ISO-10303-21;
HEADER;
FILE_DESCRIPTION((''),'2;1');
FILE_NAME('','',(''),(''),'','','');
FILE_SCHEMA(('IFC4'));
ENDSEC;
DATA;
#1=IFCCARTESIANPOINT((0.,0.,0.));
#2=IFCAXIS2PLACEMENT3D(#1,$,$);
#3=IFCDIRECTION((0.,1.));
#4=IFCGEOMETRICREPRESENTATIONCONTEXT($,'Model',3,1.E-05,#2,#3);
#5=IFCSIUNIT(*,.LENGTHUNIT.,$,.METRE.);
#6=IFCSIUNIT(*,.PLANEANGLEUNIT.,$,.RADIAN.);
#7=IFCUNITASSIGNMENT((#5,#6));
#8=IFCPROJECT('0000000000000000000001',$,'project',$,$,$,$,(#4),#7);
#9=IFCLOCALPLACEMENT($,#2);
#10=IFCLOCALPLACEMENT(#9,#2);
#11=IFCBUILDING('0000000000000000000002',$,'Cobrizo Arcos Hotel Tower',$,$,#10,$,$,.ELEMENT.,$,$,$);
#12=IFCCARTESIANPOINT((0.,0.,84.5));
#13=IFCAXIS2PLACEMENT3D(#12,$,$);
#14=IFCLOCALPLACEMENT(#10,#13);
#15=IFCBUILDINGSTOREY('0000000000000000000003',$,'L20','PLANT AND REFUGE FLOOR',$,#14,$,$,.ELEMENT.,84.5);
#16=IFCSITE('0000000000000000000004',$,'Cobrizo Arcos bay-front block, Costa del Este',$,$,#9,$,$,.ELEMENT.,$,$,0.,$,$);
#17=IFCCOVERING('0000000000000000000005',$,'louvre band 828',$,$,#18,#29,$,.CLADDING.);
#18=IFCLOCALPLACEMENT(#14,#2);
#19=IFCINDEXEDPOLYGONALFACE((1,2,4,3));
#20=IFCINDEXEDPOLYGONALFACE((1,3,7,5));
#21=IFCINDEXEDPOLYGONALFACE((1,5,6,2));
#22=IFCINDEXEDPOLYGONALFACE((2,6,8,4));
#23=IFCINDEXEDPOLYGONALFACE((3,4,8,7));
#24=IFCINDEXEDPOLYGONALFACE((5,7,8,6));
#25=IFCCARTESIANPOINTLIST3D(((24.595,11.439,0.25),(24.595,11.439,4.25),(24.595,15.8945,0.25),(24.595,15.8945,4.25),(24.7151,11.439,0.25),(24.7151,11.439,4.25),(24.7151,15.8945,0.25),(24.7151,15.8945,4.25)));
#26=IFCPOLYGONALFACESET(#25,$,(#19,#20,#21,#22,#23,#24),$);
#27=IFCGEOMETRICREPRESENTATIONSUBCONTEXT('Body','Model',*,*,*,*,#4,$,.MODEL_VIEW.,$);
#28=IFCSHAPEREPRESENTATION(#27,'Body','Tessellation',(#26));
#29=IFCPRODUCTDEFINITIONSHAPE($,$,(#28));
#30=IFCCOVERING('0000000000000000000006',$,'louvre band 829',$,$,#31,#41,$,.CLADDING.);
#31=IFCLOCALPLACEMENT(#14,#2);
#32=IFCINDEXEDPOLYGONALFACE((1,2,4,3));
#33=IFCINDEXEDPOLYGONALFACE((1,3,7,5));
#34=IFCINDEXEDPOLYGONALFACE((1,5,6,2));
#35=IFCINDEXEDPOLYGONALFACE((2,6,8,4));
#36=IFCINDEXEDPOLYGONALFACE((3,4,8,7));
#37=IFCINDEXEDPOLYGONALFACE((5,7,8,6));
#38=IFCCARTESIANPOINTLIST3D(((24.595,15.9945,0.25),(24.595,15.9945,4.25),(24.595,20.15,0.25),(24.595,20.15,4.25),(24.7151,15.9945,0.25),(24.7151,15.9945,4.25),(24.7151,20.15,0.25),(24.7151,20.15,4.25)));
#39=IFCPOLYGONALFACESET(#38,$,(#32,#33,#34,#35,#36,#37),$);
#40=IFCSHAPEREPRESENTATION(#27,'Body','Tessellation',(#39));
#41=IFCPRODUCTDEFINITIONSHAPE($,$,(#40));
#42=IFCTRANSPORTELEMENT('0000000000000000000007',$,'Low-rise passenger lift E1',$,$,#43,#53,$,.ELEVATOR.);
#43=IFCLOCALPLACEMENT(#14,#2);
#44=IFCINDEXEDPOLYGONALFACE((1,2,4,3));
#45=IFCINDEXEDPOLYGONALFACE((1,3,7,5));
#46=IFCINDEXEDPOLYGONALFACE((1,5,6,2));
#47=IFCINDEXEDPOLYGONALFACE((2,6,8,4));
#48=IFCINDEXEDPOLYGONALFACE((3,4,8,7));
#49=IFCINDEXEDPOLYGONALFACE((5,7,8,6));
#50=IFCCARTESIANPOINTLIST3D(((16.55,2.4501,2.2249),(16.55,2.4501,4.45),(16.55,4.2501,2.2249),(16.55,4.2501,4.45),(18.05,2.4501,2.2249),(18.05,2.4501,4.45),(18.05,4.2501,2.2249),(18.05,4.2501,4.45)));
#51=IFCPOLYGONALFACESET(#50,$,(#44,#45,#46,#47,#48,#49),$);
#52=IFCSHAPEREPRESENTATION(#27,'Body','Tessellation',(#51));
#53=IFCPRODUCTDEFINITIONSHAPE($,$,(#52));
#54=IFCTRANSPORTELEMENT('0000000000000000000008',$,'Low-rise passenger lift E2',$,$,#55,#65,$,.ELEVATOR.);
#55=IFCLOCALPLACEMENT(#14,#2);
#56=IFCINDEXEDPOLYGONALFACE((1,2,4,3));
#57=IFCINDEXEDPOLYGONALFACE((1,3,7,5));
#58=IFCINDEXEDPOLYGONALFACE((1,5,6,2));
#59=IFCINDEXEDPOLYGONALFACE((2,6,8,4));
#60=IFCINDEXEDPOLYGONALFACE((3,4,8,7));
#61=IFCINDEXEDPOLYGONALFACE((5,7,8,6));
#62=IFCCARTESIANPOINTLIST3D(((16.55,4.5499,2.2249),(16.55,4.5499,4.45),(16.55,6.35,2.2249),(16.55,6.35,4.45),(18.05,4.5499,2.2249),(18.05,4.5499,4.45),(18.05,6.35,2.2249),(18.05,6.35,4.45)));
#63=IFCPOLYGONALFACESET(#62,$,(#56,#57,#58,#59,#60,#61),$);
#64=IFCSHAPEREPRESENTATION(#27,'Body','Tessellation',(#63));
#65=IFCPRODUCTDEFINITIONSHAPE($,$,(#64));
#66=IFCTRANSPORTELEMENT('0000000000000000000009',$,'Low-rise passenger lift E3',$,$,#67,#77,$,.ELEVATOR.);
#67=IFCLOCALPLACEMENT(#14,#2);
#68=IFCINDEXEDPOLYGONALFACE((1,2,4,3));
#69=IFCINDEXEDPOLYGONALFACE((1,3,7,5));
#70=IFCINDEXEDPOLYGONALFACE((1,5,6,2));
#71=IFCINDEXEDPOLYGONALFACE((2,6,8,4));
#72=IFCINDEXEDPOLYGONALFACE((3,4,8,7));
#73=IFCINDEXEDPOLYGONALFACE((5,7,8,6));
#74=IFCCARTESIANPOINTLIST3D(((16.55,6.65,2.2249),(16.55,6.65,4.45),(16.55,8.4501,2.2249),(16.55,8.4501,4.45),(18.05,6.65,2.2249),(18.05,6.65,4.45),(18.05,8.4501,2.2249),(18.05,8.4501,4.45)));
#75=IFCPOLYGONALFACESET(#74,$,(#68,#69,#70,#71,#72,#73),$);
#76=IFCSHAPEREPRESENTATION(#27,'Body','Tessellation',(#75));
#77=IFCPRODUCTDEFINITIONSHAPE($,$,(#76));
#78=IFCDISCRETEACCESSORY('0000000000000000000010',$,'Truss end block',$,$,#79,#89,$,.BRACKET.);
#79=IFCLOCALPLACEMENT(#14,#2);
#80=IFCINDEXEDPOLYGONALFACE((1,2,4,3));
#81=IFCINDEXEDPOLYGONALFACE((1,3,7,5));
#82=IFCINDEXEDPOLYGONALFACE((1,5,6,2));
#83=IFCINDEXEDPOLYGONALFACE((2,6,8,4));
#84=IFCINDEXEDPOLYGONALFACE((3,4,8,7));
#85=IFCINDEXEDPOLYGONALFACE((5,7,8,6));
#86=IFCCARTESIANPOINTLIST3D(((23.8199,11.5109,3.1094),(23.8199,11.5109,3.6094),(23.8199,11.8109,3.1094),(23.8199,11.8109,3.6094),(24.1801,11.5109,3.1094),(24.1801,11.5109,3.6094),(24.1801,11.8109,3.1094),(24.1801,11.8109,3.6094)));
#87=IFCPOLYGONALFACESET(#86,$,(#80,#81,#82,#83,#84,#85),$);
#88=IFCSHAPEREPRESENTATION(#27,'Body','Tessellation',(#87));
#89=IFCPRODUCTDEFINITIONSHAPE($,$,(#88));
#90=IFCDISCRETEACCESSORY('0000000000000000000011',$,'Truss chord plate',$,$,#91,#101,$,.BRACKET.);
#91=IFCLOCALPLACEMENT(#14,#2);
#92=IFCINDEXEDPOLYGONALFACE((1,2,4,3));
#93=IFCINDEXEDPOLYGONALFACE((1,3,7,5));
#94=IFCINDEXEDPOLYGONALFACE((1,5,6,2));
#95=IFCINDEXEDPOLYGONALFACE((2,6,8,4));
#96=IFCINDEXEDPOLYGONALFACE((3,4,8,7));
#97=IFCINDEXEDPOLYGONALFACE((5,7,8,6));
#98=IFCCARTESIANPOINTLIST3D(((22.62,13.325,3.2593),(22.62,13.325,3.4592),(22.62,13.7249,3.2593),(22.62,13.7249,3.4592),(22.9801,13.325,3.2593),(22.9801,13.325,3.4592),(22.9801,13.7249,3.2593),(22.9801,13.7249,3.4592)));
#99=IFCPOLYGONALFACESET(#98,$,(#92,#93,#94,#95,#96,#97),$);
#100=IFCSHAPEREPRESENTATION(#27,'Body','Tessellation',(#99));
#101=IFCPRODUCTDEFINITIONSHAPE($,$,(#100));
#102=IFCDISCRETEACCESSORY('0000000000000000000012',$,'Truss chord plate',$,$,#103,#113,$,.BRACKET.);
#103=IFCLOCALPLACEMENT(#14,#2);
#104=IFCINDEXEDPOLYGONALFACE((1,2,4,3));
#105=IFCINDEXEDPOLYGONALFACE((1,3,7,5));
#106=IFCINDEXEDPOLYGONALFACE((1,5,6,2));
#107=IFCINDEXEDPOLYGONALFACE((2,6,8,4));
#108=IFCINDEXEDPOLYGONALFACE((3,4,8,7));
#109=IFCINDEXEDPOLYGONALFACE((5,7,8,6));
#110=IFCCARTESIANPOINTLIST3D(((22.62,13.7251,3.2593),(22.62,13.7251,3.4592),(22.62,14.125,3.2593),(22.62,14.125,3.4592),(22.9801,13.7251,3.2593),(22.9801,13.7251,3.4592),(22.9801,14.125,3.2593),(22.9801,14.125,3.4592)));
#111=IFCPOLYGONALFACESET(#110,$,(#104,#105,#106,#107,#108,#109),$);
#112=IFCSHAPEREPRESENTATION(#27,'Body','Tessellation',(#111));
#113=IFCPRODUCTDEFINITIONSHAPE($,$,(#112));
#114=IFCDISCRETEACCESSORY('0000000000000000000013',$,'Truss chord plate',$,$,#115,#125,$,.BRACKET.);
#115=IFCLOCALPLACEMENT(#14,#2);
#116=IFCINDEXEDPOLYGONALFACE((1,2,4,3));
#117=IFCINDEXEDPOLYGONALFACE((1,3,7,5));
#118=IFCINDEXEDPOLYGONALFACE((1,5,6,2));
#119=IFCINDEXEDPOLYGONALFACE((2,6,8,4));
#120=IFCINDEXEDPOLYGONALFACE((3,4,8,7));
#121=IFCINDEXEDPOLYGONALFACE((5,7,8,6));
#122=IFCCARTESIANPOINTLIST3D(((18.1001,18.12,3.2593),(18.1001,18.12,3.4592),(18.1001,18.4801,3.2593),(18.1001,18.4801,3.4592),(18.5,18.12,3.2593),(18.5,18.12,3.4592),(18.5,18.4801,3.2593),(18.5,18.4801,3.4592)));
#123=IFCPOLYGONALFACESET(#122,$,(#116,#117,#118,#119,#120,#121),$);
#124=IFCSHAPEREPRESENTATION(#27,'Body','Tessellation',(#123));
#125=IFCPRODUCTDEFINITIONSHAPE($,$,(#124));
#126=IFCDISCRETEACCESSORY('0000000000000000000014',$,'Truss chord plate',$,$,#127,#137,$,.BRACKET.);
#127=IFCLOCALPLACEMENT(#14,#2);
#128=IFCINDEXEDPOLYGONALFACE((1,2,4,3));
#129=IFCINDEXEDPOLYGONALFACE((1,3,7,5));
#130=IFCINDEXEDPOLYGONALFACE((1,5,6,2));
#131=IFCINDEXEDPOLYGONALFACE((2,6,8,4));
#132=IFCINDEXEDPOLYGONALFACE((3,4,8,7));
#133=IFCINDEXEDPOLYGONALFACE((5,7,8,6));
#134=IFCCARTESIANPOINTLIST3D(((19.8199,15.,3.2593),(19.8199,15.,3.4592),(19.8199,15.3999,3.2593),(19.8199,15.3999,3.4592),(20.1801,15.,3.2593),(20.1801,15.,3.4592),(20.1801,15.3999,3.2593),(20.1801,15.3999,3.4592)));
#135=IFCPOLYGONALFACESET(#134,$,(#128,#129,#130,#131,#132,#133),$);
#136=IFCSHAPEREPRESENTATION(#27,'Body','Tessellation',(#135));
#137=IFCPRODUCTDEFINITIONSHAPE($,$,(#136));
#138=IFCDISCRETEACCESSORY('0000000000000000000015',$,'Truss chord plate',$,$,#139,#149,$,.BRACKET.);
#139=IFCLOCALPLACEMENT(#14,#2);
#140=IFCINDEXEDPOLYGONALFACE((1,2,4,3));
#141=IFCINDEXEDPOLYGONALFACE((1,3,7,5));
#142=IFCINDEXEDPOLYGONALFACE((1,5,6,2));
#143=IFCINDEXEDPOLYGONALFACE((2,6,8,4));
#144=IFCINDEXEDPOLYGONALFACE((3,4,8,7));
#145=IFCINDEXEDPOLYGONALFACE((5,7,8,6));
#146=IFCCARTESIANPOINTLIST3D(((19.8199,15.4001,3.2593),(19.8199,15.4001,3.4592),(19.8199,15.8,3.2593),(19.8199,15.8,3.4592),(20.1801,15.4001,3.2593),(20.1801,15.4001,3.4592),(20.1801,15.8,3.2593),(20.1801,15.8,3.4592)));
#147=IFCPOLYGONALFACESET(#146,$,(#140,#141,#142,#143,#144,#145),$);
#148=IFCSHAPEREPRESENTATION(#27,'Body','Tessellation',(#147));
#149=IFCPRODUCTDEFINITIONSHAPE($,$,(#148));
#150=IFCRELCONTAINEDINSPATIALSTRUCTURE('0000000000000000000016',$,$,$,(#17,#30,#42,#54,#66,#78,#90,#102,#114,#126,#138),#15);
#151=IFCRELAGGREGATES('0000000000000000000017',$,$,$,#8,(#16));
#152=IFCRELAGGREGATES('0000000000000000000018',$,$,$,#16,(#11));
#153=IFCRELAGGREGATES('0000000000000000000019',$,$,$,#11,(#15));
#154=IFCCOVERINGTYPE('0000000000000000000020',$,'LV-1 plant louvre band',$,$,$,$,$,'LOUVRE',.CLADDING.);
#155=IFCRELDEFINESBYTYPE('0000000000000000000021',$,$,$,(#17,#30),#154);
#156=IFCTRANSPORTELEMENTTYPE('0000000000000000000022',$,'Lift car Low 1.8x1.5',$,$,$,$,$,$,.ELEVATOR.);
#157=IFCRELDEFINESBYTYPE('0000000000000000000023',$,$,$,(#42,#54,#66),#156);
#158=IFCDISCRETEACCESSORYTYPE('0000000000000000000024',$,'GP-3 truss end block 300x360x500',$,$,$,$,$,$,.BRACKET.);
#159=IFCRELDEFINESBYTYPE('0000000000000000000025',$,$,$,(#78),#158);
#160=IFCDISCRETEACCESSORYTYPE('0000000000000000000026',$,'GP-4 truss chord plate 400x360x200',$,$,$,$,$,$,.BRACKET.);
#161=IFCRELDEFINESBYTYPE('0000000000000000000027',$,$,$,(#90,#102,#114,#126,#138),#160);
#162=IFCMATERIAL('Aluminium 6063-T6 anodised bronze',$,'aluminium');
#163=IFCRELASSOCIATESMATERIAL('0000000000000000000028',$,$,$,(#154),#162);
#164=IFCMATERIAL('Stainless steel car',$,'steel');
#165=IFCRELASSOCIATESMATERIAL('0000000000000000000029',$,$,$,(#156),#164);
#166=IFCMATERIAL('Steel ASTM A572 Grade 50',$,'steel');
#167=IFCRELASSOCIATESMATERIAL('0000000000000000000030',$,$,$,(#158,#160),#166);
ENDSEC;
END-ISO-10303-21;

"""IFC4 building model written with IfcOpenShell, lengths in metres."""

from ifc_helpers import new_model, si_unit, direction, frame, origin, origin_2d, place, context, subcontext, project, spatial, rectangle, extrude, material, type_object, element, save


model = new_model("IFC4")

# Units and contexts
model_context = context("Model", 3, precision=1e-05, world=origin(), true_north=direction((0.0, 1.0)))
body_context = subcontext(model_context, "Body", "Model", "MODEL_VIEW")
ifc_project = project(units=[si_unit("LENGTHUNIT", "METRE"), si_unit("PLANEANGLEUNIT", "RADIAN")], contexts=[model_context])

# Site, building, storey
site_placement = place(None, origin())
site = spatial("IfcSite", under=ifc_project, at=site_placement, Name="Cobrizo Arcos bay-front block, Costa del Este", CompositionType="ELEMENT", RefElevation=0.0)
building_placement = place(site_placement, origin())
building = spatial("IfcBuilding", under=site, at=building_placement, Name="Cobrizo Arcos Hotel Tower", CompositionType="ELEMENT")
storey_placement = place(building_placement, frame((0.0, 0.0, 84.5)))
storey = spatial("IfcBuildingStorey", under=building, at=storey_placement, Name="L20", Description="PLANT AND REFUGE FLOOR", CompositionType="ELEMENT", Elevation=84.5)

# Shared definitions
ifc_material_1 = material(Name="Aluminium 6063-T6 anodised bronze", Category="aluminium")

# Coverings
covering_type = type_object("IfcCoveringType", Name="LV-1 plant louvre band", ElementType="LOUVRE", PredefinedType="CLADDING", material=ifc_material_1)
covering_1_placement = place(storey_placement, frame((24.655, 13.6667, 0.25), z_axis=(0.0, 0.0, 1.0), x_axis=(0.0, 1.0, 0.0)))
element("IfcCovering", 1, at=covering_1_placement, inside=storey, type_object=covering_type, Name="louvre band 828", PredefinedType="CLADDING", context=body_context, shape_type="SweptSolid", body=[
    extrude(rectangle(XDim=4.4556, YDim=0.1201, at=origin_2d()), origin(), (0.0, 0.0, 1.0), 4.0),
])
covering_2_placement = place(storey_placement, frame((24.655, 18.0723, 0.25), z_axis=(0.0, 0.0, 1.0), x_axis=(0.0, 1.0, 0.0)))
element("IfcCovering", 2, at=covering_2_placement, inside=storey, type_object=covering_type, Name="louvre band 829", PredefinedType="CLADDING", context=body_context, shape_type="SweptSolid", body=[
    extrude(rectangle(XDim=4.1555, YDim=0.1201, at=origin_2d()), origin(), (0.0, 0.0, 1.0), 4.0),
])

# Transport elements
ifc_material_2 = material(Name="Stainless steel car", Category="steel")
transport_element_type = type_object("IfcTransportElementType", Name="Lift car Low 1.8x1.5", PredefinedType="ELEVATOR", material=ifc_material_2)
for number, where, z_axis, x_axis, name in (
    (3, (17.3, 3.3501, 2.2249), (0.0, 0.0, 1.0), (1.0, 0.0, 0.0), "Low-rise passenger lift E1"),
    (4, (17.3, 5.45, 2.2249), (0.0, 0.0, 1.0), (1.0, 0.0, 0.0), "Low-rise passenger lift E2"),
    (5, (17.3, 7.55, 2.2249), (0.0, 0.0, 1.0), (1.0, 0.0, 0.0), "Low-rise passenger lift E3"),
):
    element("IfcTransportElement", number, at=place(storey_placement, frame(where, z_axis=z_axis, x_axis=x_axis)), inside=storey, type_object=transport_element_type, Name=name, PredefinedType="ELEVATOR", context=body_context, shape_type="SweptSolid", body=[
        extrude(rectangle(XDim=1.5, YDim=1.8, at=origin_2d()), origin(), (0.0, 0.0, 1.0), 2.2251),
    ])

# Discrete accessories
ifc_material_3 = material(Name="Steel ASTM A572 Grade 50", Category="steel")
discrete_accessory_type_1 = type_object("IfcDiscreteAccessoryType", Name="GP-3 truss end block 300x360x500", PredefinedType="BRACKET", material=ifc_material_3)
discrete_accessory_placement = place(storey_placement, frame((24.0, 11.6609, 3.1094), z_axis=(0.0, 0.0, 1.0), x_axis=(0.0, 1.0, 0.0)))
element("IfcDiscreteAccessory", 6, at=discrete_accessory_placement, inside=storey, type_object=discrete_accessory_type_1, Name="Truss end block", PredefinedType="BRACKET", context=body_context, shape_type="SweptSolid", body=[
    extrude(rectangle(XDim=0.3, YDim=0.3601, at=origin_2d()), origin(), (0.0, 0.0, 1.0), 0.5),
])
discrete_accessory_type_2 = type_object("IfcDiscreteAccessoryType", Name="GP-4 truss chord plate 400x360x200", PredefinedType="BRACKET", material=ifc_material_3)
for number, where, z_axis, x_axis, name in (
    (7, (22.8, 13.5249, 3.2593), (0.0, 0.0, 1.0), (0.0, 1.0, 0.0), "Truss chord plate"),
    (8, (22.8, 13.925, 3.2593), (0.0, 0.0, 1.0), (0.0, 1.0, 0.0), "Truss chord plate"),
    (9, (18.3, 18.3, 3.2593), (0.0, 0.0, 1.0), (-1.0, 0.0, 0.0), "Truss chord plate"),
    (10, (20.0, 15.2, 3.2593), (0.0, 0.0, 1.0), (0.0, 1.0, 0.0), "Truss chord plate"),
    (11, (20.0, 15.6001, 3.2593), (0.0, 0.0, 1.0), (0.0, 1.0, 0.0), "Truss chord plate"),
):
    element("IfcDiscreteAccessory", number, at=place(storey_placement, frame(where, z_axis=z_axis, x_axis=x_axis)), inside=storey, type_object=discrete_accessory_type_2, Name=name, PredefinedType="BRACKET", context=body_context, shape_type="SweptSolid", body=[
        extrude(rectangle(XDim=0.3999, YDim=0.3601, at=origin_2d()), origin(), (0.0, 0.0, 1.0), 0.2),
    ])

save(model, "model.ifc")
